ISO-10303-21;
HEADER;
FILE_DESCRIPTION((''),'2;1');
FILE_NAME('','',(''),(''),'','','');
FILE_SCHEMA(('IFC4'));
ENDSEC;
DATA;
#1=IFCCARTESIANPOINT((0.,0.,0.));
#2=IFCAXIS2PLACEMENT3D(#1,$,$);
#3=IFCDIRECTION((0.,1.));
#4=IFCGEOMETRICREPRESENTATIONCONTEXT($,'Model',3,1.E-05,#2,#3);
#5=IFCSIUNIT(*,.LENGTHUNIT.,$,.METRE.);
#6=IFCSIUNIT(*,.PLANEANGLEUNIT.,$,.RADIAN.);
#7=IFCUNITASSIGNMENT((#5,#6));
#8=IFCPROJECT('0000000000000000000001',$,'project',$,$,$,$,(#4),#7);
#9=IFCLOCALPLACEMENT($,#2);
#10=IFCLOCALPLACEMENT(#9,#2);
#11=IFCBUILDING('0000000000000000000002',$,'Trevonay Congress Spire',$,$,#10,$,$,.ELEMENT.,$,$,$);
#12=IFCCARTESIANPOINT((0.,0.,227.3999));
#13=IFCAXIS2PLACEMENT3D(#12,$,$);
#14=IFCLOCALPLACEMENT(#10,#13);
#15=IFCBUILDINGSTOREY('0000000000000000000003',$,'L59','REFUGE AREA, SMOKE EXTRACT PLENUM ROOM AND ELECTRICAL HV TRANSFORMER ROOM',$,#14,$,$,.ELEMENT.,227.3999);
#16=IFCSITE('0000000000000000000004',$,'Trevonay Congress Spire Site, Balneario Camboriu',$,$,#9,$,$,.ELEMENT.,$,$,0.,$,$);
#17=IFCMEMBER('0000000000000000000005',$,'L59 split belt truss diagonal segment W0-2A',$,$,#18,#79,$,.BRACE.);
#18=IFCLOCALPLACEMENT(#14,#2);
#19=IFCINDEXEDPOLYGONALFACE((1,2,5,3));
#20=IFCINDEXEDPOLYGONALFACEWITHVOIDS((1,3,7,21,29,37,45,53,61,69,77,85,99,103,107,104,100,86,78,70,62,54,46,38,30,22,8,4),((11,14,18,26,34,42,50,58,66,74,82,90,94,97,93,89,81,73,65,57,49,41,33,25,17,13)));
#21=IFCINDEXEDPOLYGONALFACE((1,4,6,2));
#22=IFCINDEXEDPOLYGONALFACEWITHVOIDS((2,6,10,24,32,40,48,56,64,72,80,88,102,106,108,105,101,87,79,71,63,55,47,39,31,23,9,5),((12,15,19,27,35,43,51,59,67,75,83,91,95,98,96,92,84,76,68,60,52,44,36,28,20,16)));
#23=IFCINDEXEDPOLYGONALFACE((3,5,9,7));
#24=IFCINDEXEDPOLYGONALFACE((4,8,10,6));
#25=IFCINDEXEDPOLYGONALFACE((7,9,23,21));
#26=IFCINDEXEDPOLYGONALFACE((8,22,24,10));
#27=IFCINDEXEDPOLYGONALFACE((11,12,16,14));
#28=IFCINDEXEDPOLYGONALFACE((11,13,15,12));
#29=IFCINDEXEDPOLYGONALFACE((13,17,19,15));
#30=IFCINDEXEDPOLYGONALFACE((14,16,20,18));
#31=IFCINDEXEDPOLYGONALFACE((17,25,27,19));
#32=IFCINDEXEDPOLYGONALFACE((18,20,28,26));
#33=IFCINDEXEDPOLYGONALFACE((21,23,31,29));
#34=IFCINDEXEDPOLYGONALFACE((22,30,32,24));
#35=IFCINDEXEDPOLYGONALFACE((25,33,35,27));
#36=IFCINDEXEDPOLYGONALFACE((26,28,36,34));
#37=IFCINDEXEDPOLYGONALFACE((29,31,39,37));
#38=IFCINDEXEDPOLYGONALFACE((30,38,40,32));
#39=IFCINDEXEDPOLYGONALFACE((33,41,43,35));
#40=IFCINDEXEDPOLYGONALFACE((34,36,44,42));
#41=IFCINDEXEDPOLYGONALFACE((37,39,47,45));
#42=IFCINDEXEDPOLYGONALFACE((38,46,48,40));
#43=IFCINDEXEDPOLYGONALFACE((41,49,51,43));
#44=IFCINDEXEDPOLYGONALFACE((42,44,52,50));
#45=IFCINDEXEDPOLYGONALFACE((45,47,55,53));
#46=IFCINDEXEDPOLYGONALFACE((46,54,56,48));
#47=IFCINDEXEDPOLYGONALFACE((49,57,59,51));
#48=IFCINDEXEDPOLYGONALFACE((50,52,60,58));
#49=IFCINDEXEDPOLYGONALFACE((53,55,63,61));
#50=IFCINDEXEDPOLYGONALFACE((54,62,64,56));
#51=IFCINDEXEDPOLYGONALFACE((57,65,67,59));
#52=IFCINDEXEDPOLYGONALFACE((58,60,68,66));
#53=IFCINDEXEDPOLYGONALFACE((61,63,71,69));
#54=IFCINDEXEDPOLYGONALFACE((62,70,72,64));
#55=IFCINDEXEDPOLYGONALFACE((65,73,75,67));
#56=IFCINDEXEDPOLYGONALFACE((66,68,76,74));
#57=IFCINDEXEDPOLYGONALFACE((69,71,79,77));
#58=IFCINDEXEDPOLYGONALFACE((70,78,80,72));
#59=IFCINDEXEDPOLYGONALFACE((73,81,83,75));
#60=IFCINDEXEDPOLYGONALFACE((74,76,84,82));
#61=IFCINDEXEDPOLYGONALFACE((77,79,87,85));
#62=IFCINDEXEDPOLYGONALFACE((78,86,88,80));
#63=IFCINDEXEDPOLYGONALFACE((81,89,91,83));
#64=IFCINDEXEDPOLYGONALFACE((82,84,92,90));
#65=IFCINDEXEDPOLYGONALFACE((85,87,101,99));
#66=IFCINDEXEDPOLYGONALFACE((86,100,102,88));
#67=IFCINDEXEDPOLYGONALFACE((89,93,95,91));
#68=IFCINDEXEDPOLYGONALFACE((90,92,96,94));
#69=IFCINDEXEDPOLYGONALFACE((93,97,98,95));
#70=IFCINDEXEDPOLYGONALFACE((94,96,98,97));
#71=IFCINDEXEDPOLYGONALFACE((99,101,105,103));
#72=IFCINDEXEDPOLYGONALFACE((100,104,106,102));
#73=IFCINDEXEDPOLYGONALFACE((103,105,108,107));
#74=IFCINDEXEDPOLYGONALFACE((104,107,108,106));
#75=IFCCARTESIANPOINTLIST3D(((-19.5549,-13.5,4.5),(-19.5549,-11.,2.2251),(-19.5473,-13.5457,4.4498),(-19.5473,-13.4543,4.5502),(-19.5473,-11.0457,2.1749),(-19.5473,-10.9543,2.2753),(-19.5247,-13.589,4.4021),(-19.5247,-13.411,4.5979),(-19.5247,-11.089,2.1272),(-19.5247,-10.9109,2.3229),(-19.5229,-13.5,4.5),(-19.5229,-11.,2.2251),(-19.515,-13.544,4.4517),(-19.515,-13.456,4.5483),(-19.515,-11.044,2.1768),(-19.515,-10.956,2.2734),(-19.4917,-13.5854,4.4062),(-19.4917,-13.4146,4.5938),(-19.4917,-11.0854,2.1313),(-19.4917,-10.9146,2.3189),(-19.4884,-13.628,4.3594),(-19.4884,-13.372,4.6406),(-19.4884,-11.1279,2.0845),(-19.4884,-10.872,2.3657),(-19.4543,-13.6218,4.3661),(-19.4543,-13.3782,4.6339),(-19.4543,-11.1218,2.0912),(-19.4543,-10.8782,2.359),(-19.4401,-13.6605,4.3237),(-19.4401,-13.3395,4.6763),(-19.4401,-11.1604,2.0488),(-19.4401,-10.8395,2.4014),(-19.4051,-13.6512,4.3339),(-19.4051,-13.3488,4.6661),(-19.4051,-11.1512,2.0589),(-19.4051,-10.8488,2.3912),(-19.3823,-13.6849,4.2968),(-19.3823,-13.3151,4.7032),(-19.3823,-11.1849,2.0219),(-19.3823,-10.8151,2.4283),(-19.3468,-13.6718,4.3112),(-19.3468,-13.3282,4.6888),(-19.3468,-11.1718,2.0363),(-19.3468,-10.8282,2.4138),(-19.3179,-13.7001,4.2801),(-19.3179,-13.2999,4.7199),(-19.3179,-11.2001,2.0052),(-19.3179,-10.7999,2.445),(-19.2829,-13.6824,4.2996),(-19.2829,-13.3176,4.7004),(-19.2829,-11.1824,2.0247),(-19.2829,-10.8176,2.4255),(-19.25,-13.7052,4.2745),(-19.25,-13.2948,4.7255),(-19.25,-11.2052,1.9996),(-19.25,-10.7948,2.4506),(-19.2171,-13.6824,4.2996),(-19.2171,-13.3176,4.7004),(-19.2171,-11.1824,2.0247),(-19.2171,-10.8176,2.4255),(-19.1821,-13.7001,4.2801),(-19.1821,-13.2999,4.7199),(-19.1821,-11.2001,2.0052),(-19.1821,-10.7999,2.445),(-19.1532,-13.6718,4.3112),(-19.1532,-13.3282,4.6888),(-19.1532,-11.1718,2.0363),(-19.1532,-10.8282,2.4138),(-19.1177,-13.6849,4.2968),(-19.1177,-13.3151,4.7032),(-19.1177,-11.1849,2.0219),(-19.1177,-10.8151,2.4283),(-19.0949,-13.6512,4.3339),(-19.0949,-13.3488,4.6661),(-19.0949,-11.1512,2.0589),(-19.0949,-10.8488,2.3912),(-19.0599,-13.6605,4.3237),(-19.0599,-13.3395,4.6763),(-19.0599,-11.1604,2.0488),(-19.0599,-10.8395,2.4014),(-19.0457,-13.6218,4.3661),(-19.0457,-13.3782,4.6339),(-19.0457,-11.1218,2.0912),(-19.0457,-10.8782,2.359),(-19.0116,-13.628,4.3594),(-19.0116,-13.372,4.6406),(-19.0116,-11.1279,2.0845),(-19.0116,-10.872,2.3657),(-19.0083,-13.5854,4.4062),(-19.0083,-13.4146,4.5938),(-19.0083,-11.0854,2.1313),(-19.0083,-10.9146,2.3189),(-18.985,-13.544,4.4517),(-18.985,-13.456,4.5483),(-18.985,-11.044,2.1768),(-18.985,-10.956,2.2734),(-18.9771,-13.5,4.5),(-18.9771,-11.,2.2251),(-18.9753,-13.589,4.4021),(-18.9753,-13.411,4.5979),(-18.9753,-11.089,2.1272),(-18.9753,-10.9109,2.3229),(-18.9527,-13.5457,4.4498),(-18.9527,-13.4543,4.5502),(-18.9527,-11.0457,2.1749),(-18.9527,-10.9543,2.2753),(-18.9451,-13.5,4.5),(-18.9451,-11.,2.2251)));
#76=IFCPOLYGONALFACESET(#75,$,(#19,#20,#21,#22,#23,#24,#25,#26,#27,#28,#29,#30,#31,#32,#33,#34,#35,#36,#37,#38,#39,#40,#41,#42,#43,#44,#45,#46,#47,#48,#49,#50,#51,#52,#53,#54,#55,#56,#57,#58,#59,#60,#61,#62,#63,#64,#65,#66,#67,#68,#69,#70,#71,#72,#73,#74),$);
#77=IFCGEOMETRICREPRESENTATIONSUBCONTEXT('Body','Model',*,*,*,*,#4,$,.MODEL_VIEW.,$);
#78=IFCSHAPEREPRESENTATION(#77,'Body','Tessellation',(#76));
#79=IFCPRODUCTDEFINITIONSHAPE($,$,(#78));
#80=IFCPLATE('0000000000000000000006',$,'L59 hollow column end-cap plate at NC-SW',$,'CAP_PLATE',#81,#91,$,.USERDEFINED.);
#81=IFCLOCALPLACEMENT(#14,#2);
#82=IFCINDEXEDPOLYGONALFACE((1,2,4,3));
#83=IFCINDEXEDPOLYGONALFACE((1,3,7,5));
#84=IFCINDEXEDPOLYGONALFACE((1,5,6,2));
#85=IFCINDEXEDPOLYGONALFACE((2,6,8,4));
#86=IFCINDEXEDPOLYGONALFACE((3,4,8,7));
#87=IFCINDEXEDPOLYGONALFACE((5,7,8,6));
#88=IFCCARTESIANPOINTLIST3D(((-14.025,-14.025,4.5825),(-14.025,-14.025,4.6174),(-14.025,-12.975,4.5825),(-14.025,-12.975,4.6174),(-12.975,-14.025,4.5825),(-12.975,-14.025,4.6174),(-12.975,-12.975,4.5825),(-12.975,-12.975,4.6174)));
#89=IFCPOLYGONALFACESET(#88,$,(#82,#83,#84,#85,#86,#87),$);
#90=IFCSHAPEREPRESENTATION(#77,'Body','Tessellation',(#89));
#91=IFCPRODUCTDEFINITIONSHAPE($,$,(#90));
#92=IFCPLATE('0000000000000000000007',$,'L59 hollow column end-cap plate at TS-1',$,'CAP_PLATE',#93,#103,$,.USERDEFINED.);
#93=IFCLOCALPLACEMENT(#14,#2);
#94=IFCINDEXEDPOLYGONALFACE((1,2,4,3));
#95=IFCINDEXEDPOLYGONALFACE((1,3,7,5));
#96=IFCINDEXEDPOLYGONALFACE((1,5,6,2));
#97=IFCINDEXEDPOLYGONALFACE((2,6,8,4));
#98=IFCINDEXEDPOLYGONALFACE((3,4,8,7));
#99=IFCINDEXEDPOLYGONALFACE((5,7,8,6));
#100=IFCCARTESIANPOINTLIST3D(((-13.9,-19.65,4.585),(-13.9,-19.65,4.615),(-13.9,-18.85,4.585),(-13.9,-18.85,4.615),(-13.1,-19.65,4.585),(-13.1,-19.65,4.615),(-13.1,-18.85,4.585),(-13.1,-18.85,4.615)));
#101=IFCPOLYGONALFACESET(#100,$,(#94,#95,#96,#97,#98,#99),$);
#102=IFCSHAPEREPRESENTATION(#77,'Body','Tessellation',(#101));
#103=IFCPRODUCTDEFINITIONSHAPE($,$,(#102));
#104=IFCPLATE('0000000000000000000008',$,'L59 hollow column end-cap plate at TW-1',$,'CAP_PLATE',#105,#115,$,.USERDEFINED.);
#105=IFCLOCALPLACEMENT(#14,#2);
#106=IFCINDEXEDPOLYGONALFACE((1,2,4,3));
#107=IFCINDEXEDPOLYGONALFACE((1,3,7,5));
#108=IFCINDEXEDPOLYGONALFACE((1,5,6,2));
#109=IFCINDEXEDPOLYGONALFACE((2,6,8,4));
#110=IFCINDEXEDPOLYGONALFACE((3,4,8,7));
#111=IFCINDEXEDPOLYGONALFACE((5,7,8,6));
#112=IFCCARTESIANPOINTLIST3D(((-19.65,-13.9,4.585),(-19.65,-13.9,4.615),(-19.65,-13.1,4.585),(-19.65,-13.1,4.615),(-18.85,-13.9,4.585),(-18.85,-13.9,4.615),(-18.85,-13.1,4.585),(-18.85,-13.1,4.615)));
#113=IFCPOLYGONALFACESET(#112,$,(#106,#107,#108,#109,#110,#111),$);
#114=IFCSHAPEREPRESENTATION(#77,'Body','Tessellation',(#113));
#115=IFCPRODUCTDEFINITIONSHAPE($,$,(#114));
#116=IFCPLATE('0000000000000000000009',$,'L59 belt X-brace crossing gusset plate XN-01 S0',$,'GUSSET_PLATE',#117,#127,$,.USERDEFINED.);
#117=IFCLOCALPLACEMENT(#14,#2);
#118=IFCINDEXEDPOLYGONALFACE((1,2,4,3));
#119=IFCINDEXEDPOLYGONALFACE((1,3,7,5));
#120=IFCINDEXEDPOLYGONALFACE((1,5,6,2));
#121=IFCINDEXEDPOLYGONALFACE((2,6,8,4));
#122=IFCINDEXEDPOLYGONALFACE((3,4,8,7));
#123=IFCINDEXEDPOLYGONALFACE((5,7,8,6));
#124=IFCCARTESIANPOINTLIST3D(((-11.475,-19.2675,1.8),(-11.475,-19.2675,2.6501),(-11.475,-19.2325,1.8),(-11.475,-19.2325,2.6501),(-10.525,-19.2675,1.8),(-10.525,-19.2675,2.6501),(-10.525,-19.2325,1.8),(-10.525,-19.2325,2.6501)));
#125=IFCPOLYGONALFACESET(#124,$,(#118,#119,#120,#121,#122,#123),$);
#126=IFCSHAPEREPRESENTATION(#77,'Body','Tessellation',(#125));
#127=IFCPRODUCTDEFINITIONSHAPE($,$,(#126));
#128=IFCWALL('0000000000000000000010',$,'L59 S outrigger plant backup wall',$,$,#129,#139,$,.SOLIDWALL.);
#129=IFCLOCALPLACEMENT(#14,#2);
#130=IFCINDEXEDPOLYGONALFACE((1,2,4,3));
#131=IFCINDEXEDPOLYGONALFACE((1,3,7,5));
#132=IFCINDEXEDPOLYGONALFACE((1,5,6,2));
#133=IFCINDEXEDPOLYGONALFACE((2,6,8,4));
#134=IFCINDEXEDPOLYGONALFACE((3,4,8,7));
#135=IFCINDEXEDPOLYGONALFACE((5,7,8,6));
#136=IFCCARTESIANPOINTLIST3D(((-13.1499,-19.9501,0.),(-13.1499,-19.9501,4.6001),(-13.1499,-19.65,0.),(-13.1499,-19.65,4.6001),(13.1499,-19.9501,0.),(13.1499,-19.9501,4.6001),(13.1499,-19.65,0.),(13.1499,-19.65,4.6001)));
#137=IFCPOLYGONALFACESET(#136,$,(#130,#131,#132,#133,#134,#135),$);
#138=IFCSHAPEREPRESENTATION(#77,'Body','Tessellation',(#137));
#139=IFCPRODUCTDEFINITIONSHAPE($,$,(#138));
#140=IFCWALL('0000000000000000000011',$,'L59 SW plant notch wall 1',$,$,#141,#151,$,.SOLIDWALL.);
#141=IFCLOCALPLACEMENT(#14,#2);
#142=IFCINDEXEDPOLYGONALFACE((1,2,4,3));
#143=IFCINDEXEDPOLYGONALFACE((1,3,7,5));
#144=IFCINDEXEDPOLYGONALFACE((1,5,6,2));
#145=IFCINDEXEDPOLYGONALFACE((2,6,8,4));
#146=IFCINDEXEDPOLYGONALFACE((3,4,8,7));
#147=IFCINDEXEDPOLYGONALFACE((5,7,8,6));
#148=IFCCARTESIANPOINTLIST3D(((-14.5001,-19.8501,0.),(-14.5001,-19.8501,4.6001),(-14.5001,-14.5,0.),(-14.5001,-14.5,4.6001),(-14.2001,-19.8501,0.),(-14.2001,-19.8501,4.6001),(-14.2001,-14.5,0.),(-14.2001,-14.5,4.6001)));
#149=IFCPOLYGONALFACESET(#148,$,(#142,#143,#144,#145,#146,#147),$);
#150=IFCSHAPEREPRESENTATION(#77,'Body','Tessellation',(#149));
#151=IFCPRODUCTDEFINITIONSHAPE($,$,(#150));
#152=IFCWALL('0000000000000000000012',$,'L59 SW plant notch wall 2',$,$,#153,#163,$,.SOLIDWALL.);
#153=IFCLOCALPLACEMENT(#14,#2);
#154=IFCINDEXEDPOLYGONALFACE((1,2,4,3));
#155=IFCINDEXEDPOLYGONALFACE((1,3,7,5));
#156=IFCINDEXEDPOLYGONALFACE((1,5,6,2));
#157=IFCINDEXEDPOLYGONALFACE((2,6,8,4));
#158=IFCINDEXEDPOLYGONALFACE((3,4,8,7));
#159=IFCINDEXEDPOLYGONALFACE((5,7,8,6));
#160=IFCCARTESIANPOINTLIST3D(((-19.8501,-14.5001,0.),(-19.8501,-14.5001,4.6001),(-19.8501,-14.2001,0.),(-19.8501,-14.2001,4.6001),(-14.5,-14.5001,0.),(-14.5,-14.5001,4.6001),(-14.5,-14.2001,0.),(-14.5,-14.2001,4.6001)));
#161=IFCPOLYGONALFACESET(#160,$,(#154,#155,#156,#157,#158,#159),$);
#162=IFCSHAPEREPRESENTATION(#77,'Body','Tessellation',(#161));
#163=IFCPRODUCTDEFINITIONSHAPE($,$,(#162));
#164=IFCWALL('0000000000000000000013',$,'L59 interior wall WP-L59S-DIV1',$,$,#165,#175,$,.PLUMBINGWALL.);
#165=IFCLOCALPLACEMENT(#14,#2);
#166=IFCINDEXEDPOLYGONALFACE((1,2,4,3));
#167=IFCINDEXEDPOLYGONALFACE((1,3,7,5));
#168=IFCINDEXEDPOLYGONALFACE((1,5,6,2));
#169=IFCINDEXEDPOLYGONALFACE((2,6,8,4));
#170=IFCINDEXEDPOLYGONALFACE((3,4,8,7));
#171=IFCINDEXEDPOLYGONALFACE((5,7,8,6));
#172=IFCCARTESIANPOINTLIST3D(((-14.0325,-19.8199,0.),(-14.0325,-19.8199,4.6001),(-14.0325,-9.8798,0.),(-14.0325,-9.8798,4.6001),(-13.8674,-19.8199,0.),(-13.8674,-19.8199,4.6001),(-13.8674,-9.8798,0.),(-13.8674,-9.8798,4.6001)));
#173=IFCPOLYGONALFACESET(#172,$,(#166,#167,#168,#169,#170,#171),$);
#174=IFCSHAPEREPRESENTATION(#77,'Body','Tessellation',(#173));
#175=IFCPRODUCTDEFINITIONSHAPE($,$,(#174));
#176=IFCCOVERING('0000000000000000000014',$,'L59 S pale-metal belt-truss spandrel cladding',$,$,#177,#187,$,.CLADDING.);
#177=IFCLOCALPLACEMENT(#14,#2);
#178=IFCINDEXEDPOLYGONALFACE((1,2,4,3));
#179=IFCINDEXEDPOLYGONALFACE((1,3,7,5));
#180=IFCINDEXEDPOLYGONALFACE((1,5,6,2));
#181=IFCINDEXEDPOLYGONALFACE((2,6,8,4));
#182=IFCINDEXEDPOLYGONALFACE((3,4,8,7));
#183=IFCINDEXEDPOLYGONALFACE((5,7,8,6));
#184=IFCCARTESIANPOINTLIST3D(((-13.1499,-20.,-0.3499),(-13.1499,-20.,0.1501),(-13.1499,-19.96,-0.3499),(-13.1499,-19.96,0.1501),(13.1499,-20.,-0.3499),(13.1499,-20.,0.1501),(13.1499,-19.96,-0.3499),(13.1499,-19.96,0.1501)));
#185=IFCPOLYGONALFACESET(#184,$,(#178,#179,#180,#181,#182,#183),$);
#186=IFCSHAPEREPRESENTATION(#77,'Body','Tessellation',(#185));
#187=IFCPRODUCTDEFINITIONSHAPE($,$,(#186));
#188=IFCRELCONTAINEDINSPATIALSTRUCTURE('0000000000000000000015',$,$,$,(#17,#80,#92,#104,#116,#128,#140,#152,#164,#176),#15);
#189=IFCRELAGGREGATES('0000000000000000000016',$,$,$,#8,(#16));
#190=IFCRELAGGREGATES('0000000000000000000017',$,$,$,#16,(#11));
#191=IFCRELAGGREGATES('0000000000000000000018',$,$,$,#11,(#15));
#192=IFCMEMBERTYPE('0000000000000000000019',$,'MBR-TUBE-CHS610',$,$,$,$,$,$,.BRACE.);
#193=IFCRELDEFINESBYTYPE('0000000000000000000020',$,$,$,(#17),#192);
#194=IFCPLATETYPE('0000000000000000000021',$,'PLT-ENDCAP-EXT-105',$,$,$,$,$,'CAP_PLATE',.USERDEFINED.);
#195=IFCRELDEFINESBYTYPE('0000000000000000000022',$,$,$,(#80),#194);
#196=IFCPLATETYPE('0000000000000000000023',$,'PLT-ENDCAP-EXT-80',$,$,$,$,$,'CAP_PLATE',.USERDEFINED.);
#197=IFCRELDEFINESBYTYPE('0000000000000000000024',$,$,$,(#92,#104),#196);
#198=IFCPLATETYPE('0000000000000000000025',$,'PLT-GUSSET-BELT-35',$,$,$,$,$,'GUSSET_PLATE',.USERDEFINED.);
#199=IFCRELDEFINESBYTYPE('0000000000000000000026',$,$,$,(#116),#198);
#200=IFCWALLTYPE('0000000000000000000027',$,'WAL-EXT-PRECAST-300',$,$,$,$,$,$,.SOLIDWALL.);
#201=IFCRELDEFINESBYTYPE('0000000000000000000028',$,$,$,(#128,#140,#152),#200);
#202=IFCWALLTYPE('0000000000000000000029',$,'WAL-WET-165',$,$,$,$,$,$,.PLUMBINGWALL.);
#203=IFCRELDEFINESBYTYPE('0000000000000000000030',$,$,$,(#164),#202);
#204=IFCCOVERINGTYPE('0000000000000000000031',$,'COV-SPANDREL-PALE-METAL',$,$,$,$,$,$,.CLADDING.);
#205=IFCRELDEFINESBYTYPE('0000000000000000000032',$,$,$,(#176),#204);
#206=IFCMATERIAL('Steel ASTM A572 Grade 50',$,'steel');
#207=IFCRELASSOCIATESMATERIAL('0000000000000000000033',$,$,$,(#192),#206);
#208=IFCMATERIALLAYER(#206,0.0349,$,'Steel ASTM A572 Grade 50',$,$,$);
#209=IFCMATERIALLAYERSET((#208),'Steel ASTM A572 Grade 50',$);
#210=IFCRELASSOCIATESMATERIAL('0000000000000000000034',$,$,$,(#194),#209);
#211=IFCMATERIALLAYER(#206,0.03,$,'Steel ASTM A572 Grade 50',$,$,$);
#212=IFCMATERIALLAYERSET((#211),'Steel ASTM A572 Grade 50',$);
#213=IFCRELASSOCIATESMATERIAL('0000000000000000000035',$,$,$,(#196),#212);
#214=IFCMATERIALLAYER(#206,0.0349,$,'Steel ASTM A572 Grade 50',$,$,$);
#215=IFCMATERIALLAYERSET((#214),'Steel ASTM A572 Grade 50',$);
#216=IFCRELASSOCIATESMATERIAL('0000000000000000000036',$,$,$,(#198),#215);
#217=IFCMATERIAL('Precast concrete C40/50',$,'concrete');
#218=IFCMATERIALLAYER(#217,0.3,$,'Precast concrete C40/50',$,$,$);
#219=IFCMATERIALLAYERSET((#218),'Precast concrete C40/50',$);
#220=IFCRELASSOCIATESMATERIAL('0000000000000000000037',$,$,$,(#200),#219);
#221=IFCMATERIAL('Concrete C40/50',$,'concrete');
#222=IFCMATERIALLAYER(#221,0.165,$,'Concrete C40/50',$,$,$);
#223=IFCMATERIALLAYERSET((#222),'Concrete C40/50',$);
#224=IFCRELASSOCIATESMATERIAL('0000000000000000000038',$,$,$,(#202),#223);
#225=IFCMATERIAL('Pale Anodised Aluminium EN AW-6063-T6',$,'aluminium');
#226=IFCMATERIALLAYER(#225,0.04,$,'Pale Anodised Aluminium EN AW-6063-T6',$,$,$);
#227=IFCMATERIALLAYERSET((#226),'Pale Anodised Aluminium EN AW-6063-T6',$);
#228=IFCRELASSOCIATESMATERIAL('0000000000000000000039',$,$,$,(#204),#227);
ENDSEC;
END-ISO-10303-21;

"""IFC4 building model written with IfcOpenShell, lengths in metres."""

from ifc_helpers import new_model, si_unit, direction, frame, frame_2d, origin, origin_2d, place, context, subcontext, project, spatial, rectangle, hollow_circle, extrude, material, layer, layer_set, material_profile, profile_set, type_object, element, save


model = new_model("IFC4")

# Units and contexts
model_context = context("Model", 3, precision=1e-05, world=origin(), true_north=direction((0.0, 1.0)))
body_context = subcontext(model_context, "Body", "Model", "MODEL_VIEW")
ifc_project = project(units=[si_unit("LENGTHUNIT", "METRE"), si_unit("PLANEANGLEUNIT", "RADIAN")], contexts=[model_context])

# Site, building, storey
site_placement = place(None, origin())
site = spatial("IfcSite", under=ifc_project, at=site_placement, Name="Trevonay Congress Spire Site, Balneario Camboriu", CompositionType="ELEMENT", RefElevation=0.0)
building_placement = place(site_placement, origin())
building = spatial("IfcBuilding", under=site, at=building_placement, Name="Trevonay Congress Spire", CompositionType="ELEMENT")
storey_placement = place(building_placement, frame((0.0, 0.0, 227.3999)))
storey = spatial("IfcBuildingStorey", under=building, at=storey_placement, Name="L59", Description="REFUGE AREA, SMOKE EXTRACT PLENUM ROOM AND ELECTRICAL HV TRANSFORMER ROOM", CompositionType="ELEMENT", Elevation=227.3999)

# Shared definitions
ifc_material_1 = material(Name="Steel ASTM A572 Grade 50", Category="steel")

# Member
ifc_material_profile_1 = material_profile(ifc_material_1, hollow_circle(Radius=0.3049, WallThickness=0.032, at=origin_2d()), Name="CHS 610x32")
ifc_profile_set_1 = profile_set([ifc_material_profile_1], Name="Steel ASTM A572 Grade 50")
member_type = type_object("IfcMemberType", Name="MBR-TUBE-CHS610", PredefinedType="BRACE", material=ifc_profile_set_1)
member_1_placement = place(storey_placement, frame((-19.25, -13.5, 4.5), z_axis=(0.0, 0.73962, -0.673025), x_axis=(-1.0, 0.0, 0.0)))
element("IfcMember", 1, at=member_1_placement, inside=storey, type_object=member_type, Name="L59 split belt truss diagonal segment W0-2A", PredefinedType="BRACE", context=body_context, shape_type="SweptSolid", body=[
    extrude(hollow_circle(Radius=0.3049, WallThickness=0.032, at=origin_2d()), origin(), (0.0, 0.0, 1.0), 3.3801),
])

# Plates
ifc_layer_1 = layer(ifc_material_1, 0.0349, Name="Steel ASTM A572 Grade 50")
ifc_layer_set_1 = layer_set([ifc_layer_1], Name="Steel ASTM A572 Grade 50")
plate_type_1 = type_object("IfcPlateType", Name="PLT-ENDCAP-EXT-105", ElementType="CAP_PLATE", PredefinedType="USERDEFINED", material=ifc_layer_set_1)
plate_1_placement = place(storey_placement, frame((-13.5, -13.5, 4.5825), z_axis=(0.0, 0.0, 1.0), x_axis=(1.0, 0.0, 0.0)))
element("IfcPlate", 2, at=plate_1_placement, inside=storey, type_object=plate_type_1, Name="L59 hollow column end-cap plate at NC-SW", ObjectType="CAP_PLATE", PredefinedType="USERDEFINED", context=body_context, shape_type="SweptSolid", body=[
    extrude(rectangle(XDim=1.05, YDim=1.05, at=origin_2d()), origin(), (0.0, 0.0, 1.0), 0.0349),
])
ifc_layer_2 = layer(ifc_material_1, 0.03, Name="Steel ASTM A572 Grade 50")
ifc_layer_set_2 = layer_set([ifc_layer_2], Name="Steel ASTM A572 Grade 50")
plate_type_2 = type_object("IfcPlateType", Name="PLT-ENDCAP-EXT-80", ElementType="CAP_PLATE", PredefinedType="USERDEFINED", material=ifc_layer_set_2)
for number, where, z_axis, x_axis, name in (
    (3, (-13.5, -19.25, 4.585), (0.0, 0.0, 1.0), (1.0, 0.0, 0.0), "L59 hollow column end-cap plate at TS-1"),
    (4, (-19.25, -13.5, 4.585), (0.0, 0.0, 1.0), (1.0, 0.0, 0.0), "L59 hollow column end-cap plate at TW-1"),
):
    element("IfcPlate", number, at=place(storey_placement, frame(where, z_axis=z_axis, x_axis=x_axis)), inside=storey, type_object=plate_type_2, Name=name, ObjectType="CAP_PLATE", PredefinedType="USERDEFINED", context=body_context, shape_type="SweptSolid", body=[
        extrude(rectangle(XDim=0.8, YDim=0.8, at=origin_2d()), origin(), (0.0, 0.0, 1.0), 0.03),
    ])
ifc_layer_3 = layer(ifc_material_1, 0.0349, Name="Steel ASTM A572 Grade 50")
ifc_layer_set_3 = layer_set([ifc_layer_3], Name="Steel ASTM A572 Grade 50")
plate_type_3 = type_object("IfcPlateType", Name="PLT-GUSSET-BELT-35", ElementType="GUSSET_PLATE", PredefinedType="USERDEFINED", material=ifc_layer_set_3)
plate_2_placement = place(storey_placement, frame((-11.0, -19.25, 1.8), z_axis=(0.0, 0.0, 1.0), x_axis=(1.0, 0.0, 0.0)))
element("IfcPlate", 5, at=plate_2_placement, inside=storey, type_object=plate_type_3, Name="L59 belt X-brace crossing gusset plate XN-01 S0", ObjectType="GUSSET_PLATE", PredefinedType="USERDEFINED", context=body_context, shape_type="SweptSolid", body=[
    extrude(rectangle(XDim=0.95, YDim=0.0349, at=origin_2d()), origin(), (0.0, 0.0, 1.0), 0.8501),
])

# Walls
ifc_material_2 = material(Name="Precast concrete C40/50", Category="concrete")
ifc_layer_4 = layer(ifc_material_2, 0.3, Name="Precast concrete C40/50")
ifc_layer_set_4 = layer_set([ifc_layer_4], Name="Precast concrete C40/50")
wall_type_1 = type_object("IfcWallType", Name="WAL-EXT-PRECAST-300", PredefinedType="SOLIDWALL", material=ifc_layer_set_4)
wall_1_placement = place(storey_placement, frame((-13.1499, -19.8, 0.0), z_axis=(0.0, 0.0, 1.0), x_axis=(1.0, 0.0, 0.0)))
element("IfcWall", 6, at=wall_1_placement, inside=storey, type_object=wall_type_1, Name="L59 S outrigger plant backup wall", PredefinedType="SOLIDWALL", context=body_context, shape_type="SweptSolid", body=[
    extrude(rectangle(XDim=26.2998, YDim=0.3, at=frame_2d((13.1499, 0.0))), origin(), (0.0, 0.0, 1.0), 4.6001),
])
for number, where, z_axis, x_axis, name in (
    (7, (-14.3501, -19.8501, 0.0), (0.0, 0.0, 1.0), (0.0, 1.0, 0.0), "L59 SW plant notch wall 1"),
    (8, (-19.8501, -14.3501, 0.0), (0.0, 0.0, 1.0), (1.0, 0.0, 0.0), "L59 SW plant notch wall 2"),
):
    element("IfcWall", number, at=place(storey_placement, frame(where, z_axis=z_axis, x_axis=x_axis)), inside=storey, type_object=wall_type_1, Name=name, PredefinedType="SOLIDWALL", context=body_context, shape_type="SweptSolid", body=[
        extrude(rectangle(XDim=5.3501, YDim=0.3, at=frame_2d((2.675, 0.0))), origin(), (0.0, 0.0, 1.0), 4.6001),
    ])
ifc_material_3 = material(Name="Concrete C40/50", Category="concrete")
ifc_layer_5 = layer(ifc_material_3, 0.165, Name="Concrete C40/50")
ifc_layer_set_5 = layer_set([ifc_layer_5], Name="Concrete C40/50")
wall_type_2 = type_object("IfcWallType", Name="WAL-WET-165", PredefinedType="PLUMBINGWALL", material=ifc_layer_set_5)
wall_2_placement = place(storey_placement, frame((-13.95, -19.8201, 0.0), z_axis=(0.0, 0.0, 1.0), x_axis=(0.0, 1.0, 0.0)))
element("IfcWall", 9, at=wall_2_placement, inside=storey, type_object=wall_type_2, Name="L59 interior wall WP-L59S-DIV1", PredefinedType="PLUMBINGWALL", context=body_context, shape_type="SweptSolid", body=[
    extrude(rectangle(XDim=9.9402, YDim=0.165, at=frame_2d((4.9702, 0.0))), origin(), (0.0, 0.0, 1.0), 4.6001),
])

# Covering
ifc_material_4 = material(Name="Pale Anodised Aluminium EN AW-6063-T6", Category="aluminium")
ifc_layer_6 = layer(ifc_material_4, 0.04, Name="Pale Anodised Aluminium EN AW-6063-T6")
ifc_layer_set_6 = layer_set([ifc_layer_6], Name="Pale Anodised Aluminium EN AW-6063-T6")
covering_type = type_object("IfcCoveringType", Name="COV-SPANDREL-PALE-METAL", PredefinedType="CLADDING", material=ifc_layer_set_6)
covering_1_placement = place(storey_placement, frame((-13.1499, -19.98, -0.3499), z_axis=(0.0, 0.0, 1.0), x_axis=(1.0, 0.0, 0.0)))
element("IfcCovering", 10, at=covering_1_placement, inside=storey, type_object=covering_type, Name="L59 S pale-metal belt-truss spandrel cladding", PredefinedType="CLADDING", context=body_context, shape_type="SweptSolid", body=[
    extrude(rectangle(XDim=26.2998, YDim=0.04, at=frame_2d((13.1499, 0.0))), origin(), (0.0, 0.0, 1.0), 0.5),
])

save(model, "model.ifc")
